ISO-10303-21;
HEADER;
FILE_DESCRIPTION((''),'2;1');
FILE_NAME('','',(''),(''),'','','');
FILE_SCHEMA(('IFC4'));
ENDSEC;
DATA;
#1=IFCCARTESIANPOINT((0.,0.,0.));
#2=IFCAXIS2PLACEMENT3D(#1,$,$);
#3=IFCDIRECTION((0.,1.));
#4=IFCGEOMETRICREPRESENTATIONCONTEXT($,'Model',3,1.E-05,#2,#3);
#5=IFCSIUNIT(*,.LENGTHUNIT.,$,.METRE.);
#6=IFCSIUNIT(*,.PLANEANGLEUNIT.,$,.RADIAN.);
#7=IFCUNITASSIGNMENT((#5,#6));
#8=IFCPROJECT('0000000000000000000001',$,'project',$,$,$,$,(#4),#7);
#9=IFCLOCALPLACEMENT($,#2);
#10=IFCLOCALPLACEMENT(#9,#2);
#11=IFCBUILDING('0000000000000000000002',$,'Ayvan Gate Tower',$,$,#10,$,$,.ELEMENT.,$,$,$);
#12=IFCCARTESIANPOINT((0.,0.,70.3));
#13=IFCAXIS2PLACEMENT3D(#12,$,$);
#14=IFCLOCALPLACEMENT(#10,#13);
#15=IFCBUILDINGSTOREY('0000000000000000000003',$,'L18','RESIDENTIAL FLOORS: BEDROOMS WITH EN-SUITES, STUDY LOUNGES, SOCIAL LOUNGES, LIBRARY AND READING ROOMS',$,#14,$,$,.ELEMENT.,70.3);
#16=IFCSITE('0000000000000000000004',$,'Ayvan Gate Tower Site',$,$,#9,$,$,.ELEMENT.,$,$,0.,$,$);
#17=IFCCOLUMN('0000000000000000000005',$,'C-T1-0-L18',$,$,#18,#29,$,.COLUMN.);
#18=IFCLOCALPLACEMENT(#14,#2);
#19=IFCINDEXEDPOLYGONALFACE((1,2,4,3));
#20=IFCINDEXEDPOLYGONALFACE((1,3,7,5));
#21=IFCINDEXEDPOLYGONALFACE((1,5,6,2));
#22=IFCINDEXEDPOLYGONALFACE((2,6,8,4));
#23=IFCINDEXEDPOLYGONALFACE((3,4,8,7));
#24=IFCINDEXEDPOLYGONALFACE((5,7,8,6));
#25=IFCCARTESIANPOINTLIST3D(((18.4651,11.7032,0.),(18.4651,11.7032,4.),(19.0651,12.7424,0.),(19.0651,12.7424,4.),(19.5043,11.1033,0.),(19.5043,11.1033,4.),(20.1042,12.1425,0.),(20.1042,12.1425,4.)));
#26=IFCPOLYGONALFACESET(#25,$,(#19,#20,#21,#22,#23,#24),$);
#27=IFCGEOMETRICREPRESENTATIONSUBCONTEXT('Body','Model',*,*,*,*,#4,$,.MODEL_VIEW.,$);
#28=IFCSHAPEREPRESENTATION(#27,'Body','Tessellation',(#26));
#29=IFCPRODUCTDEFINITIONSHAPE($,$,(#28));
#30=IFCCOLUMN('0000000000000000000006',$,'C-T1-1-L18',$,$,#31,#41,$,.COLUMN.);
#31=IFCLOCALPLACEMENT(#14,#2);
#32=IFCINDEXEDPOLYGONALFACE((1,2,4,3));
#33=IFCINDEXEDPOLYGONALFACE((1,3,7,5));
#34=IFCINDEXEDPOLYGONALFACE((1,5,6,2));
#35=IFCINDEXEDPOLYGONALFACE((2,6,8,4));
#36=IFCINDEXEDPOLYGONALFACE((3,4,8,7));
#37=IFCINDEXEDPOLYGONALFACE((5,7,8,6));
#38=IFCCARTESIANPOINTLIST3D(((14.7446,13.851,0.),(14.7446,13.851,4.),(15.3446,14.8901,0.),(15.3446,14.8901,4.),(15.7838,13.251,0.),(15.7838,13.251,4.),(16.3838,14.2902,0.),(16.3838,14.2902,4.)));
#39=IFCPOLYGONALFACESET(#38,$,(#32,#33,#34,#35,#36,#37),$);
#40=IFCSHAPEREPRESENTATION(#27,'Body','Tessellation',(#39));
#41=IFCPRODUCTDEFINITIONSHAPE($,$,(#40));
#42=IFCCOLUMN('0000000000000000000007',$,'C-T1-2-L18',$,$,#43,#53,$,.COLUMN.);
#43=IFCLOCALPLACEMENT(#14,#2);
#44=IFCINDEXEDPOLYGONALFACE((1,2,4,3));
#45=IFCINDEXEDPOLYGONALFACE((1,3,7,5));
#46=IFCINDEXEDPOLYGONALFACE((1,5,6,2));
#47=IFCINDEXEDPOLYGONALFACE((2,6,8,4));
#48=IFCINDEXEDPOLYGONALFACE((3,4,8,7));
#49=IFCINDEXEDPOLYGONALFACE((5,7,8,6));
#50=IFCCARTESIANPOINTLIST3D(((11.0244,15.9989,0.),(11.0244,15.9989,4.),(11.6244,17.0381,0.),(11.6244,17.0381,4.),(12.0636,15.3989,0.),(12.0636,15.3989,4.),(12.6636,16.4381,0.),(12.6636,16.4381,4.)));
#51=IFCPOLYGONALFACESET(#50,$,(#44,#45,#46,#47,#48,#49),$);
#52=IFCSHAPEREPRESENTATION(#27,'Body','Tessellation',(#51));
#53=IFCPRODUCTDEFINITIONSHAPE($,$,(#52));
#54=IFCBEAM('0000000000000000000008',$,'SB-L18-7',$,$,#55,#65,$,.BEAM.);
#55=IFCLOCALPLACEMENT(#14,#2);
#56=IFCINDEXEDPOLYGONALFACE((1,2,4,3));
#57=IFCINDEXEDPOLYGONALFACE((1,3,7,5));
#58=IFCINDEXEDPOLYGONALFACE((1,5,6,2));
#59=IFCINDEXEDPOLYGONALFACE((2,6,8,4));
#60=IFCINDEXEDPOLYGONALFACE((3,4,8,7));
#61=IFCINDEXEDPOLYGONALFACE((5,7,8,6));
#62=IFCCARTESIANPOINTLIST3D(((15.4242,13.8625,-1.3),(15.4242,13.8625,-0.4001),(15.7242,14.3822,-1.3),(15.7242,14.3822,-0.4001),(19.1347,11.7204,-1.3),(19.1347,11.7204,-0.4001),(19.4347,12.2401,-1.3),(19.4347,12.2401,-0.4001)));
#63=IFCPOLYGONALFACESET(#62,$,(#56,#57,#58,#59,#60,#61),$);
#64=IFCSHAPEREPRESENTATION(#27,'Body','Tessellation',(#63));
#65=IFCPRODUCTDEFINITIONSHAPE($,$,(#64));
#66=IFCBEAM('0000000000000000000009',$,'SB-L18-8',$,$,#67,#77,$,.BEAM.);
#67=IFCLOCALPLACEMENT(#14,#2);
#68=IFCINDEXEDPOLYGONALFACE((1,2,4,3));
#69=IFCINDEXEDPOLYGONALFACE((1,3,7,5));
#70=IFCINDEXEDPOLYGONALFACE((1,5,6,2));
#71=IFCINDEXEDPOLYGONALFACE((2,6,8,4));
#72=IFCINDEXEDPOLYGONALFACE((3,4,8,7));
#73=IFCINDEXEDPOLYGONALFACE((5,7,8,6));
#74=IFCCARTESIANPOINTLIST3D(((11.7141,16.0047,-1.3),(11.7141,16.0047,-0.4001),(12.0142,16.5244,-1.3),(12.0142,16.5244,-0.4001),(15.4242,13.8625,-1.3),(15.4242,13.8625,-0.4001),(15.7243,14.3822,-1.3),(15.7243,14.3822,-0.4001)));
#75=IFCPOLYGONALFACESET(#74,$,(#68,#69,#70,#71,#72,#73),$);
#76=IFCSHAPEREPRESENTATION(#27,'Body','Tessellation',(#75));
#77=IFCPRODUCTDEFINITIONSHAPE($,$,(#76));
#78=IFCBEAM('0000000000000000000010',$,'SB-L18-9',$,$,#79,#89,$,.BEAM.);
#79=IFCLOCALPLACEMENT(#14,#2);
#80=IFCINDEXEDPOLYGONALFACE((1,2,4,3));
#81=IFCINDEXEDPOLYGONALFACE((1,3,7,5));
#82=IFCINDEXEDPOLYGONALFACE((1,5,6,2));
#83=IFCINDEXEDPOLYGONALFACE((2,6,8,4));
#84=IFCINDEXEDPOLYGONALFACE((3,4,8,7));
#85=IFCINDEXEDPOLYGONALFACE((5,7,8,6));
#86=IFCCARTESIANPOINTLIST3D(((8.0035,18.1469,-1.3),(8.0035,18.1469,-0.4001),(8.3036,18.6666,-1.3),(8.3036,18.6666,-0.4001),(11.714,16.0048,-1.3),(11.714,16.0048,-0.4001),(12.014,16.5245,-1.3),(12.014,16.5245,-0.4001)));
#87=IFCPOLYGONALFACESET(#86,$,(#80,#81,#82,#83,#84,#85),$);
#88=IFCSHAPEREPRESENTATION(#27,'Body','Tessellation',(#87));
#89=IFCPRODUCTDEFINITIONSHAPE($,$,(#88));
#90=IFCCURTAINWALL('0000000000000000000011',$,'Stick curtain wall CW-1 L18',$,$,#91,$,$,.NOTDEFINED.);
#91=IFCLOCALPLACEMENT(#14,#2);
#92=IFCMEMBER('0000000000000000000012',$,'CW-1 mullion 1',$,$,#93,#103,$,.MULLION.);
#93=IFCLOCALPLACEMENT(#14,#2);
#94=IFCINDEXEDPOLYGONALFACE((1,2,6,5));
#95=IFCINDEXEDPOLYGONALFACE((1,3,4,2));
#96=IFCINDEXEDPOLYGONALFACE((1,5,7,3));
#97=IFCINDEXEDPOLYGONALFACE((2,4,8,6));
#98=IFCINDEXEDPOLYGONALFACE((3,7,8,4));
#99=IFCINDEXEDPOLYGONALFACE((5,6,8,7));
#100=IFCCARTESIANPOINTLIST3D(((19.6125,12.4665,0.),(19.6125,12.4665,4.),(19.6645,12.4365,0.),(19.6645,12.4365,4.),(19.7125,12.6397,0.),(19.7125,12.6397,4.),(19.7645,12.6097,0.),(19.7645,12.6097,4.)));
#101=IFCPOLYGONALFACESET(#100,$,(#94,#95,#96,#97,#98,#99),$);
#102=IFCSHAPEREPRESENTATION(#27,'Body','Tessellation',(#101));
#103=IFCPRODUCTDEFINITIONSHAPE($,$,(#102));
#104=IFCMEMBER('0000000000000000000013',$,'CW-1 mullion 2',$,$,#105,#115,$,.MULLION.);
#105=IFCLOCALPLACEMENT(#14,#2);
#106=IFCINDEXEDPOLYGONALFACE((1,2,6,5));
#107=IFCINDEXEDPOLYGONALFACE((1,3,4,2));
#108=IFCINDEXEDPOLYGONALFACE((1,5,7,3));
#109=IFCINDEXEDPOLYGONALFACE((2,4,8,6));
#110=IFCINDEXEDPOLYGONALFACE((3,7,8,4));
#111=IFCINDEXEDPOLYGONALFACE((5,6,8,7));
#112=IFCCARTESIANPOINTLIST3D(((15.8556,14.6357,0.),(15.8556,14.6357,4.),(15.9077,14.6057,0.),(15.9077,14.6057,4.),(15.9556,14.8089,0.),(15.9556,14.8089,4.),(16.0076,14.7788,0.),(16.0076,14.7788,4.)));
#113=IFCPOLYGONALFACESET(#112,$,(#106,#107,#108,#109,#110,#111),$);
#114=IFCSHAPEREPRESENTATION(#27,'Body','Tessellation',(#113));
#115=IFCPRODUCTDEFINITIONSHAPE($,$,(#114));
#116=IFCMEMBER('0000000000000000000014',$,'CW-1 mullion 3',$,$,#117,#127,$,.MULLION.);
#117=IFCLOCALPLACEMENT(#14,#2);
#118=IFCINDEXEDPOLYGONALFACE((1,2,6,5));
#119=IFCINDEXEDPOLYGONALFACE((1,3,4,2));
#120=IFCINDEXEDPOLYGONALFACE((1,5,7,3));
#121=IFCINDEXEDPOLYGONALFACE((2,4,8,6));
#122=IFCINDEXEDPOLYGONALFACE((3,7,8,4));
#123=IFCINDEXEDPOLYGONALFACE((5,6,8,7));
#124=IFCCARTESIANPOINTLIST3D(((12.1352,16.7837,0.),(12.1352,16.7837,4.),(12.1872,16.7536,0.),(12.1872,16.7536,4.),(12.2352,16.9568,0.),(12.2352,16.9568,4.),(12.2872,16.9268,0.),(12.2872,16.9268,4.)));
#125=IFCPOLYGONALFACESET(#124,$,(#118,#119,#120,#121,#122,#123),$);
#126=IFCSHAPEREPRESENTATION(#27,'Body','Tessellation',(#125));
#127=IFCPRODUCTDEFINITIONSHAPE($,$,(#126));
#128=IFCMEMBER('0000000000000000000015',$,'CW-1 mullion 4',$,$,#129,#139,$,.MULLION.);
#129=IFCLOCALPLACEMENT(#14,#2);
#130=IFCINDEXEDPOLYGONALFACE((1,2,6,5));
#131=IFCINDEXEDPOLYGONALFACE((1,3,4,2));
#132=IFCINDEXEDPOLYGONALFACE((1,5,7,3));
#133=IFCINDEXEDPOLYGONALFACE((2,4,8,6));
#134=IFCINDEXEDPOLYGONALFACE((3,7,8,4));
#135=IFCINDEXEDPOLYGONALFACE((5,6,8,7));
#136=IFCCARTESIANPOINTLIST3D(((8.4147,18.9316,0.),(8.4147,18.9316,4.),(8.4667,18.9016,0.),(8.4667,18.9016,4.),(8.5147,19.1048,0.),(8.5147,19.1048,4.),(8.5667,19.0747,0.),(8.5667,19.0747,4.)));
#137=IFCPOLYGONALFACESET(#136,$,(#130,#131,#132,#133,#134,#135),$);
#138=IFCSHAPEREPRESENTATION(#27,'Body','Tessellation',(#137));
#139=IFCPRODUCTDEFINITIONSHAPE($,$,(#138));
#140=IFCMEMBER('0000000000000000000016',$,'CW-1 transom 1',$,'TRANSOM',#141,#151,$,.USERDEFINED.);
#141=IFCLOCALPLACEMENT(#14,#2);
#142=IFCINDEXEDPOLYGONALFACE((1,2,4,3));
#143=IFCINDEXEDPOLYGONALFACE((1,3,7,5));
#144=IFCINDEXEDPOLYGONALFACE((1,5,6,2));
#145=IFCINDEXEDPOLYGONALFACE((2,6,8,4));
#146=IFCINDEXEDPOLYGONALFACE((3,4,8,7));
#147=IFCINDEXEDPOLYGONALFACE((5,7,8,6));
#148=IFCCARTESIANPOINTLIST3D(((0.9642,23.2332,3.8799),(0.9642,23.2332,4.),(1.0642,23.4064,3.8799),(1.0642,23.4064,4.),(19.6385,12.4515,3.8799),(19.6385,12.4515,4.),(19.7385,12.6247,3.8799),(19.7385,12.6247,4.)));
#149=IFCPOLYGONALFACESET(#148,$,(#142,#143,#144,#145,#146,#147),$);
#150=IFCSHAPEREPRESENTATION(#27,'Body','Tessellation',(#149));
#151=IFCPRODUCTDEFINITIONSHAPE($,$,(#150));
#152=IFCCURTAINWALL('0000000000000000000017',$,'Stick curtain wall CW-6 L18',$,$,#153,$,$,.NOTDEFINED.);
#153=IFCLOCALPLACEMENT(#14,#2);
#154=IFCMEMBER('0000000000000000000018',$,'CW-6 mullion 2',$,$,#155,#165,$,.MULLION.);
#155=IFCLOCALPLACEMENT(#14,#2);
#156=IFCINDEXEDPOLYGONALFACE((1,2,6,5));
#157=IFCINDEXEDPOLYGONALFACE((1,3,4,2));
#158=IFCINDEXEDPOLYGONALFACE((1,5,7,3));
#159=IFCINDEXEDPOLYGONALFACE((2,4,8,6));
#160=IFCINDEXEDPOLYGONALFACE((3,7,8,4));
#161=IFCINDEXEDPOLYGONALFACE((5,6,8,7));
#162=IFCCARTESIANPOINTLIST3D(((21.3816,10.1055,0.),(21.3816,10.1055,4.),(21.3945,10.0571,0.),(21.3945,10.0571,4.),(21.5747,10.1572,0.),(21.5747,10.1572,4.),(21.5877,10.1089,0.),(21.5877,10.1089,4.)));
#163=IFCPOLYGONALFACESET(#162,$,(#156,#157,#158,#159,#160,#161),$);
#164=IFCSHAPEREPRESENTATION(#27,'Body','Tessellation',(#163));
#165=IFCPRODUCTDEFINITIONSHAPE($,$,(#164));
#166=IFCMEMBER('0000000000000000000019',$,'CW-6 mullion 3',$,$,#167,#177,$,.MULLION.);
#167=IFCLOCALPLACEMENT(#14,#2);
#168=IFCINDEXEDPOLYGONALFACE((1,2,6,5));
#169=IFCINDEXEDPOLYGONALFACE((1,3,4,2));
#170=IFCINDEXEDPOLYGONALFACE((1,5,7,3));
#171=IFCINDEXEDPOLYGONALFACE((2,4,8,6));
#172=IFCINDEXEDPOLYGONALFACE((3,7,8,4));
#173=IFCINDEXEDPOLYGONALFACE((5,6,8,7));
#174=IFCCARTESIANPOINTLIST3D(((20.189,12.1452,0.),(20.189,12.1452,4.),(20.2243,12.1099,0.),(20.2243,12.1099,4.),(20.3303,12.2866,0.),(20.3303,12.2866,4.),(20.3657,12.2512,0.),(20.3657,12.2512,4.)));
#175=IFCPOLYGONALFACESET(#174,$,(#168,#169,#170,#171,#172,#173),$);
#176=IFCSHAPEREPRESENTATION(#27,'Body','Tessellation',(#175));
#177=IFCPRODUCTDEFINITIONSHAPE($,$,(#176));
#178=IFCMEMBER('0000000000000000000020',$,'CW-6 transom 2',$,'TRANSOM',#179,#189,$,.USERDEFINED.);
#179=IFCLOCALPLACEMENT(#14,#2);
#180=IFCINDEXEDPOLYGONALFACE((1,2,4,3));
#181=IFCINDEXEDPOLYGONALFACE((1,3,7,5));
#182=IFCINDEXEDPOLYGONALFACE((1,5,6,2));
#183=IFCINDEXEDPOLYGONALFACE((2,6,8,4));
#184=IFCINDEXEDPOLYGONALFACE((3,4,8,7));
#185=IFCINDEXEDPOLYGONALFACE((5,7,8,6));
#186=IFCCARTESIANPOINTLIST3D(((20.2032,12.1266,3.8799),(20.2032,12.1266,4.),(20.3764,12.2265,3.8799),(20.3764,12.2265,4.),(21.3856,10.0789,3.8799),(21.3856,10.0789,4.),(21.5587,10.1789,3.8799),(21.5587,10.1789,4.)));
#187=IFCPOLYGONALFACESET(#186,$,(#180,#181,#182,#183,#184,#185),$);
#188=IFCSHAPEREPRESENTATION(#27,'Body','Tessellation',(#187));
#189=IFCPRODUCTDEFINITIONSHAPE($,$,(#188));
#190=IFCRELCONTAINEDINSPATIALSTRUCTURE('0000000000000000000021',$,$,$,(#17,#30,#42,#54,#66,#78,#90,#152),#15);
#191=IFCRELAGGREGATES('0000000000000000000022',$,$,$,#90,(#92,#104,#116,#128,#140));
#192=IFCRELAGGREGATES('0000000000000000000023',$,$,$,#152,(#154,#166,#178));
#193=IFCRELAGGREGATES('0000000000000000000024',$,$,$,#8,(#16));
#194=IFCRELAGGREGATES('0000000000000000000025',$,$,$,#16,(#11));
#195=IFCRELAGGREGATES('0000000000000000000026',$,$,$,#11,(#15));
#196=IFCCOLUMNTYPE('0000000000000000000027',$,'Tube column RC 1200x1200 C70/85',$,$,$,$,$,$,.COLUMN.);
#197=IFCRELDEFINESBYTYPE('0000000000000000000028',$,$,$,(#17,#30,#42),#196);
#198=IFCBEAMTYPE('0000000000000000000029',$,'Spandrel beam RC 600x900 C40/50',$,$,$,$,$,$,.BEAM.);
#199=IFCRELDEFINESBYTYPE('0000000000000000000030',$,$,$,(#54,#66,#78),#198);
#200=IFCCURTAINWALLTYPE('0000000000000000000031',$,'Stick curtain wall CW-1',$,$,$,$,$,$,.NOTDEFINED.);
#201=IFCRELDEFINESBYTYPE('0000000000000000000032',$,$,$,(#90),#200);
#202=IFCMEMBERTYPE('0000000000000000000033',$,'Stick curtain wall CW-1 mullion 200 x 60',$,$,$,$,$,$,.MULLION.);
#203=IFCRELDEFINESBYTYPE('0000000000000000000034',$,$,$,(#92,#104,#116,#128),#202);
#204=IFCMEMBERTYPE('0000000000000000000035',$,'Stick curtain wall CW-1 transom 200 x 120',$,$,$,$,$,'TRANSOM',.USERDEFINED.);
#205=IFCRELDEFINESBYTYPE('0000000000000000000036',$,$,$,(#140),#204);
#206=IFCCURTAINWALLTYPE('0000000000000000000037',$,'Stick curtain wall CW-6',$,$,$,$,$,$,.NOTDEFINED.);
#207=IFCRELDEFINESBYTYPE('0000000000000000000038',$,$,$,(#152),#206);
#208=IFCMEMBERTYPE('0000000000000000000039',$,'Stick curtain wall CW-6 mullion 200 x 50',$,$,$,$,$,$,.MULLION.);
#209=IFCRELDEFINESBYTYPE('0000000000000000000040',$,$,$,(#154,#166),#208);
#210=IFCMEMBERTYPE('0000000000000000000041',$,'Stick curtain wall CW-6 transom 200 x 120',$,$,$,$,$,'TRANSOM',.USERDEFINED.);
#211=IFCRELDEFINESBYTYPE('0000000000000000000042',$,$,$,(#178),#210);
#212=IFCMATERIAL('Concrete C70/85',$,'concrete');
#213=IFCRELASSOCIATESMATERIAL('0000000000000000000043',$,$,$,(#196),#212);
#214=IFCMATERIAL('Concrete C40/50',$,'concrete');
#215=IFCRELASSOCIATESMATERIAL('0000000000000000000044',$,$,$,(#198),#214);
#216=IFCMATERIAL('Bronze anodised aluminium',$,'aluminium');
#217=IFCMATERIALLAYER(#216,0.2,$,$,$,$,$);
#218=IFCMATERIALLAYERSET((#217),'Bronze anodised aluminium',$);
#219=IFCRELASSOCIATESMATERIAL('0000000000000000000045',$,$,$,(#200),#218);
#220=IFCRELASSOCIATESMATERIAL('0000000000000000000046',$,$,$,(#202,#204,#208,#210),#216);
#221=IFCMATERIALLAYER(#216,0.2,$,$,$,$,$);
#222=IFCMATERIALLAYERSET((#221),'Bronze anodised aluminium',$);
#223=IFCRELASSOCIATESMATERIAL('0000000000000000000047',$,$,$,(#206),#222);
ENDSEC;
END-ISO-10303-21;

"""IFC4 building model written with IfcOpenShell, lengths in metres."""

from ifc_helpers import new_model, si_unit, direction, frame, origin, origin_2d, place, context, subcontext, project, spatial, rectangle, extrude, material, layer, layer_set, material_profile, profile_set, type_object, element, aggregate, save


model = new_model("IFC4")

# Units and contexts
model_context = context("Model", 3, precision=1e-05, world=origin(), true_north=direction((0.0, 1.0)))
body_context = subcontext(model_context, "Body", "Model", "MODEL_VIEW")
ifc_project = project(units=[si_unit("LENGTHUNIT", "METRE"), si_unit("PLANEANGLEUNIT", "RADIAN")], contexts=[model_context])

# Site, building, storey
site_placement = place(None, origin())
site = spatial("IfcSite", under=ifc_project, at=site_placement, Name="Ayvan Gate Tower Site", CompositionType="ELEMENT", RefElevation=0.0)
building_placement = place(site_placement, origin())
building = spatial("IfcBuilding", under=site, at=building_placement, Name="Ayvan Gate Tower", CompositionType="ELEMENT")
storey_placement = place(building_placement, frame((0.0, 0.0, 70.3)))
storey = spatial("IfcBuildingStorey", under=building, at=storey_placement, Name="L18", Description="RESIDENTIAL FLOORS: BEDROOMS WITH EN-SUITES, STUDY LOUNGES, SOCIAL LOUNGES, LIBRARY AND READING ROOMS", CompositionType="ELEMENT", Elevation=70.3)

# Columns
ifc_material_1 = material(Name="Concrete C70/85", Category="concrete")
ifc_material_profile_1 = material_profile(ifc_material_1, rectangle(XDim=1.2, YDim=1.2, at=origin_2d()), Name="RC 1200x1200")
ifc_profile_set_1 = profile_set([ifc_material_profile_1], Name="Concrete C70/85")
column_type = type_object("IfcColumnType", Name="Tube column RC 1200x1200 C70/85", PredefinedType="COLUMN", material=ifc_profile_set_1)
for number, where, z_axis, x_axis, name in (
    (1, (19.2847, 11.9229, 0.0), (0.0, 0.0, 1.0), (0.5, 0.866025, 0.0), "C-T1-0-L18"),
    (2, (15.5642, 14.0706, 0.0), (0.0, 0.0, 1.0), (0.5, 0.866025, 0.0), "C-T1-1-L18"),
    (3, (11.844, 16.2185, 0.0), (0.0, 0.0, 1.0), (0.5, 0.866025, 0.0), "C-T1-2-L18"),
):
    element("IfcColumn", number, at=place(storey_placement, frame(where, z_axis=z_axis, x_axis=x_axis)), inside=storey, type_object=column_type, Name=name, PredefinedType="COLUMN", context=body_context, shape_type="SweptSolid", body=[
        extrude(rectangle(XDim=1.2, YDim=1.2, at=origin_2d()), origin(), (0.0, 0.0, 1.0), 4.0),
    ])

# Beams
ifc_material_2 = material(Name="Concrete C40/50", Category="concrete")
ifc_material_profile_2 = material_profile(ifc_material_2, rectangle(XDim=0.6001, YDim=0.8999, at=origin_2d()), Name="RC 600x900")
ifc_profile_set_2 = profile_set([ifc_material_profile_2], Name="Concrete C40/50")
beam_type = type_object("IfcBeamType", Name="Spandrel beam RC 600x900 C40/50", PredefinedType="BEAM", material=ifc_profile_set_2)
beam_1_placement = place(storey_placement, frame((19.2847, 11.9802, -0.8501), z_axis=(-0.866039, 0.499976, 0.0), x_axis=(-0.499976, -0.866039, 0.0)))
element("IfcBeam", 4, at=beam_1_placement, inside=storey, type_object=beam_type, Name="SB-L18-7", PredefinedType="BEAM", context=body_context, shape_type="SweptSolid", body=[
    extrude(rectangle(XDim=0.6001, YDim=0.8999, at=origin_2d()), origin(), (0.0, 0.0, 1.0), 4.2844),
])
beam_2_placement = place(storey_placement, frame((15.5742, 14.1223, -0.8501), z_axis=(-0.866001, 0.500043, 0.0), x_axis=(-0.500043, -0.866001, 0.0)))
element("IfcBeam", 5, at=beam_2_placement, inside=storey, type_object=beam_type, Name="SB-L18-8", PredefinedType="BEAM", context=body_context, shape_type="SweptSolid", body=[
    extrude(rectangle(XDim=0.6001, YDim=0.8999, at=origin_2d()), origin(), (0.0, 0.0, 1.0), 4.2842),
])
beam_3_placement = place(storey_placement, frame((11.864, 16.2646, -0.8501), z_axis=(-0.866039, 0.499976, 0.0), x_axis=(-0.499976, -0.866039, 0.0)))
element("IfcBeam", 6, at=beam_3_placement, inside=storey, type_object=beam_type, Name="SB-L18-9", PredefinedType="BEAM", context=body_context, shape_type="SweptSolid", body=[
    extrude(rectangle(XDim=0.6001, YDim=0.8999, at=origin_2d()), origin(), (0.0, 0.0, 1.0), 4.2844),
])

# Curtain walls, members
ifc_material_3 = material(Name="Bronze anodised aluminium", Category="aluminium")
ifc_layer_1 = layer(ifc_material_3, 0.2)
ifc_layer_set_1 = layer_set([ifc_layer_1], Name="Bronze anodised aluminium")
curtain_wall_type_1 = type_object("IfcCurtainWallType", Name="Stick curtain wall CW-1", PredefinedType="NOTDEFINED", material=ifc_layer_set_1)
curtain_wall_1_placement = place(storey_placement, origin())
curtain_wall_1 = element("IfcCurtainWall", 7, at=curtain_wall_1_placement, inside=storey, type_object=curtain_wall_type_1, Name="Stick curtain wall CW-1 L18", PredefinedType="NOTDEFINED")
ifc_material_profile_3 = material_profile(ifc_material_3, rectangle(XDim=0.2, YDim=0.0601, at=origin_2d()), Name="Stick curtain wall CW-1 mullion 200 x 60")
ifc_profile_set_3 = profile_set([ifc_material_profile_3], Name="Bronze anodised aluminium")
member_type_1 = type_object("IfcMemberType", Name="Stick curtain wall CW-1 mullion 200 x 60", PredefinedType="MULLION", material=ifc_profile_set_3)
member_1_placement = place(storey_placement, frame((19.6885, 12.5381, 0.0), z_axis=(0.0, 0.0, 1.0), x_axis=(0.5, 0.866025, 0.0)))
member_1 = element("IfcMember", 8, at=member_1_placement, type_object=member_type_1, Name="CW-1 mullion 1", PredefinedType="MULLION", context=body_context, shape_type="SweptSolid", body=[
    extrude(rectangle(XDim=0.2, YDim=0.0601, at=origin_2d()), origin(), (0.0, 0.0, 1.0), 4.0),
])
member_2_placement = place(storey_placement, frame((15.9316, 14.7073, 0.0), z_axis=(0.0, 0.0, 1.0), x_axis=(0.5, 0.866025, 0.0)))
member_2 = element("IfcMember", 9, at=member_2_placement, type_object=member_type_1, Name="CW-1 mullion 2", PredefinedType="MULLION", context=body_context, shape_type="SweptSolid", body=[
    extrude(rectangle(XDim=0.2, YDim=0.0601, at=origin_2d()), origin(), (0.0, 0.0, 1.0), 4.0),
])
member_3_placement = place(storey_placement, frame((12.2112, 16.8552, 0.0), z_axis=(0.0, 0.0, 1.0), x_axis=(0.5, 0.866025, 0.0)))
member_3 = element("IfcMember", 10, at=member_3_placement, type_object=member_type_1, Name="CW-1 mullion 3", PredefinedType="MULLION", context=body_context, shape_type="SweptSolid", body=[
    extrude(rectangle(XDim=0.2, YDim=0.0601, at=origin_2d()), origin(), (0.0, 0.0, 1.0), 4.0),
])
member_4_placement = place(storey_placement, frame((8.4907, 19.0032, 0.0), z_axis=(0.0, 0.0, 1.0), x_axis=(0.5, 0.866025, 0.0)))
member_4 = element("IfcMember", 11, at=member_4_placement, type_object=member_type_1, Name="CW-1 mullion 4", PredefinedType="MULLION", context=body_context, shape_type="SweptSolid", body=[
    extrude(rectangle(XDim=0.2, YDim=0.0601, at=origin_2d()), origin(), (0.0, 0.0, 1.0), 4.0),
])
ifc_material_profile_4 = material_profile(ifc_material_3, rectangle(XDim=0.2, YDim=0.1201, at=origin_2d()), Name="Stick curtain wall CW-1 transom 200 x 120")
ifc_profile_set_4 = profile_set([ifc_material_profile_4], Name="Bronze anodised aluminium")
member_type_2 = type_object("IfcMemberType", Name="Stick curtain wall CW-1 transom 200 x 120", ElementType="TRANSOM", PredefinedType="USERDEFINED", material=ifc_profile_set_4)
member_5_placement = place(storey_placement, frame((19.6885, 12.5381, 3.9399), z_axis=(-0.866023, 0.500004, 0.0), x_axis=(-0.500004, -0.866023, 0.0)))
member_5 = element("IfcMember", 12, at=member_5_placement, type_object=member_type_2, Name="CW-1 transom 1", ObjectType="TRANSOM", PredefinedType="USERDEFINED", context=body_context, shape_type="SweptSolid", body=[
    extrude(rectangle(XDim=0.2, YDim=0.1201, at=origin_2d()), origin(), (0.0, 0.0, 1.0), 21.5632),
])
ifc_layer_2 = layer(ifc_material_3, 0.2)
ifc_layer_set_2 = layer_set([ifc_layer_2], Name="Bronze anodised aluminium")
curtain_wall_type_2 = type_object("IfcCurtainWallType", Name="Stick curtain wall CW-6", PredefinedType="NOTDEFINED", material=ifc_layer_set_2)
curtain_wall_2_placement = place(storey_placement, origin())
curtain_wall_2 = element("IfcCurtainWall", 13, at=curtain_wall_2_placement, inside=storey, type_object=curtain_wall_type_2, Name="Stick curtain wall CW-6 L18", PredefinedType="NOTDEFINED")
ifc_material_profile_5 = material_profile(ifc_material_3, rectangle(XDim=0.2, YDim=0.05, at=origin_2d()), Name="Stick curtain wall CW-6 mullion 200 x 50")
ifc_profile_set_5 = profile_set([ifc_material_profile_5], Name="Bronze anodised aluminium")
member_type_3 = type_object("IfcMemberType", Name="Stick curtain wall CW-6 mullion 200 x 50", PredefinedType="MULLION", material=ifc_profile_set_5)
member_6_placement = place(storey_placement, frame((21.4846, 10.1072, 0.0), z_axis=(0.0, 0.0, 1.0), x_axis=(0.965926, 0.258819, 0.0)))
member_6 = element("IfcMember", 14, at=member_6_placement, type_object=member_type_3, Name="CW-6 mullion 2", PredefinedType="MULLION", context=body_context, shape_type="SweptSolid", body=[
    extrude(rectangle(XDim=0.2, YDim=0.05, at=origin_2d()), origin(), (0.0, 0.0, 1.0), 4.0),
])
member_7_placement = place(storey_placement, frame((20.2773, 12.1982, 0.0), z_axis=(0.0, 0.0, 1.0), x_axis=(0.707107, 0.707107, 0.0)))
member_7 = element("IfcMember", 15, at=member_7_placement, type_object=member_type_3, Name="CW-6 mullion 3", PredefinedType="MULLION", context=body_context, shape_type="SweptSolid", body=[
    extrude(rectangle(XDim=0.2, YDim=0.05, at=origin_2d()), origin(), (0.0, 0.0, 1.0), 4.0),
])
ifc_material_profile_6 = material_profile(ifc_material_3, rectangle(XDim=0.2, YDim=0.1201, at=origin_2d()), Name="Stick curtain wall CW-6 transom 200 x 120")
ifc_profile_set_6 = profile_set([ifc_material_profile_6], Name="Bronze anodised aluminium")
member_type_4 = type_object("IfcMemberType", Name="Stick curtain wall CW-6 transom 200 x 120", ElementType="TRANSOM", PredefinedType="USERDEFINED", material=ifc_profile_set_6)
member_8_placement = place(storey_placement, frame((21.4722, 10.1289, 3.9399), z_axis=(-0.500059, 0.865991, 0.0), x_axis=(-0.865991, -0.500059, 0.0)))
member_8 = element("IfcMember", 16, at=member_8_placement, type_object=member_type_4, Name="CW-6 transom 2", ObjectType="TRANSOM", PredefinedType="USERDEFINED", context=body_context, shape_type="SweptSolid", body=[
    extrude(rectangle(XDim=0.2, YDim=0.1201, at=origin_2d()), origin(), (0.0, 0.0, 1.0), 2.3645),
])

aggregate(curtain_wall_1, [member_1, member_2, member_3, member_4, member_5])
aggregate(curtain_wall_2, [member_6, member_7, member_8])

save(model, "model.ifc")
